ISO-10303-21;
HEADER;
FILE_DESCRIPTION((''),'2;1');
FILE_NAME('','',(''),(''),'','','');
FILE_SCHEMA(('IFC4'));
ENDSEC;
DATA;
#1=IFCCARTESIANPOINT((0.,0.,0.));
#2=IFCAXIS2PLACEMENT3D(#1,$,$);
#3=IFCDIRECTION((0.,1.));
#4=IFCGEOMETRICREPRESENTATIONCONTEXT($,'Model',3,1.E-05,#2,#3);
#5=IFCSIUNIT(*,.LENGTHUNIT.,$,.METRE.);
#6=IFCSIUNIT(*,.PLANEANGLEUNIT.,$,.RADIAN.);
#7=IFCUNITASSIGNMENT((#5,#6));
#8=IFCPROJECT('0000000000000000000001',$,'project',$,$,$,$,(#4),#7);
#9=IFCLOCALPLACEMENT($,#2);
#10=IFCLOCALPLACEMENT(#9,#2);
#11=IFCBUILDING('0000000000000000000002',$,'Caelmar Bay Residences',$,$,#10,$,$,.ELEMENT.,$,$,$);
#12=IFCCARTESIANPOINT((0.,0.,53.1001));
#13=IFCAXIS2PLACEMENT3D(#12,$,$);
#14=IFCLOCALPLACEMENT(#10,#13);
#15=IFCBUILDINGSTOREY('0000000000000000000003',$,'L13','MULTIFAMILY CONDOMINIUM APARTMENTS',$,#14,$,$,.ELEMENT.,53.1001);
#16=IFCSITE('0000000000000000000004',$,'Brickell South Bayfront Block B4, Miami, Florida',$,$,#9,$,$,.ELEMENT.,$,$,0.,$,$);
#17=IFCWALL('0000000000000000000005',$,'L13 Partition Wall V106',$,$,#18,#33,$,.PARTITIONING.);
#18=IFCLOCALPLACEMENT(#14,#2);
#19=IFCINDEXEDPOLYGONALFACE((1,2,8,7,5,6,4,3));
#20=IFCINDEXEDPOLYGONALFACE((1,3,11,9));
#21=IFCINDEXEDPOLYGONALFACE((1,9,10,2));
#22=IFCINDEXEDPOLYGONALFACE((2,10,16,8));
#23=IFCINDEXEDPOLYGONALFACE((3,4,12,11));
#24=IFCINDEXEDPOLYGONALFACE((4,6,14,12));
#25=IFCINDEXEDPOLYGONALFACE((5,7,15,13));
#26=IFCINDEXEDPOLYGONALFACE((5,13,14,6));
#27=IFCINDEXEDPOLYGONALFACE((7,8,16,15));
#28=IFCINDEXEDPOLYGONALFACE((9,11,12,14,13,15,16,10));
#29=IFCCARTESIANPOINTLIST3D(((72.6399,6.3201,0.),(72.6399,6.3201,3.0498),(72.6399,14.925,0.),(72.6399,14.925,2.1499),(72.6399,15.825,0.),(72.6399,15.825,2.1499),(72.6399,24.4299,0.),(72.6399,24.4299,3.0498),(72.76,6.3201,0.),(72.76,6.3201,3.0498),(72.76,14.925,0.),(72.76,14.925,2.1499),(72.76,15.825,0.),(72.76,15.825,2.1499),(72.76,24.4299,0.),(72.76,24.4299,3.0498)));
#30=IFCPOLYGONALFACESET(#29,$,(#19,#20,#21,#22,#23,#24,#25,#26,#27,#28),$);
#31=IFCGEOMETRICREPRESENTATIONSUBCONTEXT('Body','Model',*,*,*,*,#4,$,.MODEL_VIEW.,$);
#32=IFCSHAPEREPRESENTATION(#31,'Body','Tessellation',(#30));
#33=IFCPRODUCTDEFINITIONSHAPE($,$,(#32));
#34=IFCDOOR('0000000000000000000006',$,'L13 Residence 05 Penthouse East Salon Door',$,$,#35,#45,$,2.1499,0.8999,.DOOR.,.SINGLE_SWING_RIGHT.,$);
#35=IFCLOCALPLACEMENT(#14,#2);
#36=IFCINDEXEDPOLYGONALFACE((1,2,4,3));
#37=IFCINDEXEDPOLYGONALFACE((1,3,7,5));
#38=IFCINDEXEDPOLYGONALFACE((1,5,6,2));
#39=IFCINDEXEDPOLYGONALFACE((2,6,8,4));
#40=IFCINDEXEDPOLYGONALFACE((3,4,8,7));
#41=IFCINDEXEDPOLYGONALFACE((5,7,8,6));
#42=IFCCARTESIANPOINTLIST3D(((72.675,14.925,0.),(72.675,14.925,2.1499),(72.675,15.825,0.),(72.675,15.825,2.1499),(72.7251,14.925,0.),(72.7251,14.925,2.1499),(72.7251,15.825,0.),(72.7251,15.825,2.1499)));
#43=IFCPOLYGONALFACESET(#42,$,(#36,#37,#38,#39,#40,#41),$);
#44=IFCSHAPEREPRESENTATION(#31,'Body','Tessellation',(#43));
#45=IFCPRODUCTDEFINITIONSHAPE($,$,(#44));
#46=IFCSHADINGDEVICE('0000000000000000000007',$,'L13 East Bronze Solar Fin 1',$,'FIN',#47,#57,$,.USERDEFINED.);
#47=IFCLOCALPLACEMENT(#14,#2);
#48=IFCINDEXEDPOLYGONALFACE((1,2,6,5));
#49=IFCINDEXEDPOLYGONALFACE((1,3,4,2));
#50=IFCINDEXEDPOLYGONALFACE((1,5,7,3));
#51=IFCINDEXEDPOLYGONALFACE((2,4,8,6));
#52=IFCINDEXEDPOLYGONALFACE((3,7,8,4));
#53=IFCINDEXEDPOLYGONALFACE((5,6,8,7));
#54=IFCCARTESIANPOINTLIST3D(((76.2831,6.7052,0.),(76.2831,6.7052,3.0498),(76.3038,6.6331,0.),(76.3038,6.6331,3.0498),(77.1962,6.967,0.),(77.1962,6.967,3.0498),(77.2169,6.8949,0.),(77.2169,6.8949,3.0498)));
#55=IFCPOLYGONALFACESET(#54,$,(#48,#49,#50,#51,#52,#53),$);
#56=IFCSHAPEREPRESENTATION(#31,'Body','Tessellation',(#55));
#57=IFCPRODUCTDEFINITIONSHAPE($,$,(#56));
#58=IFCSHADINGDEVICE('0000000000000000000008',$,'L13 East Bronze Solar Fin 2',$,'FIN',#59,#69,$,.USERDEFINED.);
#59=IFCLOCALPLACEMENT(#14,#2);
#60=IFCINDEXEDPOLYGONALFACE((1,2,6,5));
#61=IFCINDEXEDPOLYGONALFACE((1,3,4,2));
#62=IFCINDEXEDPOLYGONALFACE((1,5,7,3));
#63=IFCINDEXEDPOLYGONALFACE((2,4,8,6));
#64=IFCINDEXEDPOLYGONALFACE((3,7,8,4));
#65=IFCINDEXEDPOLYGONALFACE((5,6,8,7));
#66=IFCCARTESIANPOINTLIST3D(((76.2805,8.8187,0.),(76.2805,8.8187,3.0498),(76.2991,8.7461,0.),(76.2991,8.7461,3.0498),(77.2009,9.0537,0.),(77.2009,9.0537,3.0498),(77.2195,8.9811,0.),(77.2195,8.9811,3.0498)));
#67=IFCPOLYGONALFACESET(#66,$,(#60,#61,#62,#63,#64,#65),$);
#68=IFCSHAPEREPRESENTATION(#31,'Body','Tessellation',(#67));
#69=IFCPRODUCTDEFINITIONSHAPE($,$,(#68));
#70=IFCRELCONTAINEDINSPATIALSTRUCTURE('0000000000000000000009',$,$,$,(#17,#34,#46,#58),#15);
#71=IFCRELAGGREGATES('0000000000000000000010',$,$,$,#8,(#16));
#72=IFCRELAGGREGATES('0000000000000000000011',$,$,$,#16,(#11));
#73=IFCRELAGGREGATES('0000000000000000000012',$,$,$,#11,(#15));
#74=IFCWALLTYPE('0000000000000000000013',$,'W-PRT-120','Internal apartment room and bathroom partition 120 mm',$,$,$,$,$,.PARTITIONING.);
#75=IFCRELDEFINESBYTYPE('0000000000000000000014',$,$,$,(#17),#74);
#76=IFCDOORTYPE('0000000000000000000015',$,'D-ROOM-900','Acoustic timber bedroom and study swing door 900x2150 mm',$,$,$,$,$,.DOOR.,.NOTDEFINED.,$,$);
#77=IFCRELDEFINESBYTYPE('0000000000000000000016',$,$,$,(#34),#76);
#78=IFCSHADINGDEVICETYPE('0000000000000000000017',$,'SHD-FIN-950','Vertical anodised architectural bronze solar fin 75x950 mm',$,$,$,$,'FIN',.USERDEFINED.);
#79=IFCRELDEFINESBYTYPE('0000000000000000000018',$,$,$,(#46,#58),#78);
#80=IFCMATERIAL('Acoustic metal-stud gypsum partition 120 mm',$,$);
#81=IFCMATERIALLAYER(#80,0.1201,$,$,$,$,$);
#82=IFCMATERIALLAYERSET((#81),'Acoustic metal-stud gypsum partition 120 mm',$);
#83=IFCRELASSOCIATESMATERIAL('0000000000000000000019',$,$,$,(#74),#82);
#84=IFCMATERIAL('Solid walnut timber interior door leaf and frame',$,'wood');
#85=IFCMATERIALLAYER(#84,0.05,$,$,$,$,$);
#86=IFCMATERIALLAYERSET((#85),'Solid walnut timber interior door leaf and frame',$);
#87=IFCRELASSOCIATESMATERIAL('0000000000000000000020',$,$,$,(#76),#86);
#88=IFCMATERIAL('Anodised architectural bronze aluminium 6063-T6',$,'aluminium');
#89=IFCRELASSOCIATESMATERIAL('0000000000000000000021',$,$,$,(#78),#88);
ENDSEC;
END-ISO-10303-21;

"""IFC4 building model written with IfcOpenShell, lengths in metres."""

from ifc_helpers import new_model, si_unit, direction, frame, frame_2d, origin, origin_2d, place, context, subcontext, project, spatial, rectangle, extrude, material, layer, layer_set, material_profile, profile_set, type_object, element, fill, save


model = new_model("IFC4")

# Units and contexts
model_context = context("Model", 3, precision=1e-05, world=origin(), true_north=direction((0.0, 1.0)))
body_context = subcontext(model_context, "Body", "Model", "MODEL_VIEW")
ifc_project = project(units=[si_unit("LENGTHUNIT", "METRE"), si_unit("PLANEANGLEUNIT", "RADIAN")], contexts=[model_context])

# Site, building, storey
site_placement = place(None, origin())
site = spatial("IfcSite", under=ifc_project, at=site_placement, Name="Brickell South Bayfront Block B4, Miami, Florida", CompositionType="ELEMENT", RefElevation=0.0)
building_placement = place(site_placement, origin())
building = spatial("IfcBuilding", under=site, at=building_placement, Name="Caelmar Bay Residences", CompositionType="ELEMENT")
storey_placement = place(building_placement, frame((0.0, 0.0, 53.1001)))
storey = spatial("IfcBuildingStorey", under=building, at=storey_placement, Name="L13", Description="MULTIFAMILY CONDOMINIUM APARTMENTS", CompositionType="ELEMENT", Elevation=53.1001)

# Wall, opening, door
ifc_material_1 = material(Name="Acoustic metal-stud gypsum partition 120 mm")
ifc_layer_1 = layer(ifc_material_1, 0.1201)
ifc_layer_set_1 = layer_set([ifc_layer_1], Name="Acoustic metal-stud gypsum partition 120 mm")
wall_type_1 = type_object("IfcWallType", Name="W-PRT-120", Description="Internal apartment room and bathroom partition 120 mm", PredefinedType="PARTITIONING", material=ifc_layer_set_1)
wall_1_placement = place(storey_placement, frame((72.7, 6.3201, 0.0), z_axis=(0.0, 0.0, 1.0), x_axis=(0.0, 1.0, 0.0)))
wall_1 = element("IfcWall", 1, at=wall_1_placement, inside=storey, type_object=wall_type_1, Name="L13 Partition Wall V106", PredefinedType="PARTITIONING", context=body_context, shape_type="SweptSolid", body=[
    extrude(rectangle(XDim=18.1099, YDim=0.1201, at=frame_2d((9.0549, 0.0))), origin(), (0.0, 0.0, 1.0), 3.0498),
])
opening_placement = place(wall_1_placement, frame((8.605, 0.0, 0.0)))
opening = element("IfcOpeningElement", 2, at=opening_placement, cuts=wall_1, PredefinedType="OPENING", context=body_context, shape_type="SweptSolid", body=[
    extrude(rectangle(XDim=0.8999, YDim=2.1499, at=frame_2d((0.45, 1.075))), frame((0.0, 0.0701, 0.0), z_axis=(0.0, -1.0, 0.0), x_axis=(1.0, 0.0, 0.0)), (0.0, 0.0, 1.0), 0.1401),
])
ifc_material_2 = material(Name="Solid walnut timber interior door leaf and frame", Category="wood")
ifc_layer_2 = layer(ifc_material_2, 0.05)
ifc_layer_set_2 = layer_set([ifc_layer_2], Name="Solid walnut timber interior door leaf and frame")
door_type = type_object("IfcDoorType", Name="D-ROOM-900", Description="Acoustic timber bedroom and study swing door 900x2150 mm", OperationType="NOTDEFINED", PredefinedType="DOOR", material=ifc_layer_set_2)
door_placement = place(opening_placement, origin())
door = element("IfcDoor", 3, at=door_placement, inside=storey, type_object=door_type, Name="L13 Residence 05 Penthouse East Salon Door", OperationType="SINGLE_SWING_RIGHT", OverallHeight=2.1499, OverallWidth=0.8999, PredefinedType="DOOR", context=body_context, shape_type="SweptSolid", body=[
    extrude(rectangle(XDim=0.8999, YDim=2.1499, at=frame_2d((0.45, 1.075))), frame((0.0, 0.0249, 0.0), z_axis=(0.0, -1.0, 0.0), x_axis=(1.0, 0.0, 0.0)), (0.0, 0.0, 1.0), 0.05),
])
fill(opening, door)

# Shading devices
ifc_material_3 = material(Name="Anodised architectural bronze aluminium 6063-T6", Category="aluminium")
ifc_material_profile_1 = material_profile(ifc_material_3, rectangle(XDim=0.075, YDim=0.95, at=origin_2d()), Name="BRONZE-FIN-75X950")
ifc_profile_set_1 = profile_set([ifc_material_profile_1], Name="Anodised architectural bronze aluminium 6063-T6")
shading_device_type = type_object("IfcShadingDeviceType", Name="SHD-FIN-950", Description="Vertical anodised architectural bronze solar fin 75x950 mm", ElementType="FIN", PredefinedType="USERDEFINED", material=ifc_profile_set_1)
for number, where, z_axis, x_axis, name in (
    (4, (76.75, 6.8, 0.0), (0.0, 0.0, 1.0), (-0.275637, 0.961262, 0.0), "L13 East Bronze Solar Fin 1"),
    (5, (76.75, 8.8999, 0.0), (0.0, 0.0, 1.0), (-0.247337, 0.968929, 0.0), "L13 East Bronze Solar Fin 2"),
):
    element("IfcShadingDevice", number, at=place(storey_placement, frame(where, z_axis=z_axis, x_axis=x_axis)), inside=storey, type_object=shading_device_type, Name=name, ObjectType="FIN", PredefinedType="USERDEFINED", context=body_context, shape_type="SweptSolid", body=[
        extrude(rectangle(XDim=0.075, YDim=0.95, at=origin_2d()), origin(), (0.0, 0.0, 1.0), 3.0498),
    ])

save(model, "model.ifc")
